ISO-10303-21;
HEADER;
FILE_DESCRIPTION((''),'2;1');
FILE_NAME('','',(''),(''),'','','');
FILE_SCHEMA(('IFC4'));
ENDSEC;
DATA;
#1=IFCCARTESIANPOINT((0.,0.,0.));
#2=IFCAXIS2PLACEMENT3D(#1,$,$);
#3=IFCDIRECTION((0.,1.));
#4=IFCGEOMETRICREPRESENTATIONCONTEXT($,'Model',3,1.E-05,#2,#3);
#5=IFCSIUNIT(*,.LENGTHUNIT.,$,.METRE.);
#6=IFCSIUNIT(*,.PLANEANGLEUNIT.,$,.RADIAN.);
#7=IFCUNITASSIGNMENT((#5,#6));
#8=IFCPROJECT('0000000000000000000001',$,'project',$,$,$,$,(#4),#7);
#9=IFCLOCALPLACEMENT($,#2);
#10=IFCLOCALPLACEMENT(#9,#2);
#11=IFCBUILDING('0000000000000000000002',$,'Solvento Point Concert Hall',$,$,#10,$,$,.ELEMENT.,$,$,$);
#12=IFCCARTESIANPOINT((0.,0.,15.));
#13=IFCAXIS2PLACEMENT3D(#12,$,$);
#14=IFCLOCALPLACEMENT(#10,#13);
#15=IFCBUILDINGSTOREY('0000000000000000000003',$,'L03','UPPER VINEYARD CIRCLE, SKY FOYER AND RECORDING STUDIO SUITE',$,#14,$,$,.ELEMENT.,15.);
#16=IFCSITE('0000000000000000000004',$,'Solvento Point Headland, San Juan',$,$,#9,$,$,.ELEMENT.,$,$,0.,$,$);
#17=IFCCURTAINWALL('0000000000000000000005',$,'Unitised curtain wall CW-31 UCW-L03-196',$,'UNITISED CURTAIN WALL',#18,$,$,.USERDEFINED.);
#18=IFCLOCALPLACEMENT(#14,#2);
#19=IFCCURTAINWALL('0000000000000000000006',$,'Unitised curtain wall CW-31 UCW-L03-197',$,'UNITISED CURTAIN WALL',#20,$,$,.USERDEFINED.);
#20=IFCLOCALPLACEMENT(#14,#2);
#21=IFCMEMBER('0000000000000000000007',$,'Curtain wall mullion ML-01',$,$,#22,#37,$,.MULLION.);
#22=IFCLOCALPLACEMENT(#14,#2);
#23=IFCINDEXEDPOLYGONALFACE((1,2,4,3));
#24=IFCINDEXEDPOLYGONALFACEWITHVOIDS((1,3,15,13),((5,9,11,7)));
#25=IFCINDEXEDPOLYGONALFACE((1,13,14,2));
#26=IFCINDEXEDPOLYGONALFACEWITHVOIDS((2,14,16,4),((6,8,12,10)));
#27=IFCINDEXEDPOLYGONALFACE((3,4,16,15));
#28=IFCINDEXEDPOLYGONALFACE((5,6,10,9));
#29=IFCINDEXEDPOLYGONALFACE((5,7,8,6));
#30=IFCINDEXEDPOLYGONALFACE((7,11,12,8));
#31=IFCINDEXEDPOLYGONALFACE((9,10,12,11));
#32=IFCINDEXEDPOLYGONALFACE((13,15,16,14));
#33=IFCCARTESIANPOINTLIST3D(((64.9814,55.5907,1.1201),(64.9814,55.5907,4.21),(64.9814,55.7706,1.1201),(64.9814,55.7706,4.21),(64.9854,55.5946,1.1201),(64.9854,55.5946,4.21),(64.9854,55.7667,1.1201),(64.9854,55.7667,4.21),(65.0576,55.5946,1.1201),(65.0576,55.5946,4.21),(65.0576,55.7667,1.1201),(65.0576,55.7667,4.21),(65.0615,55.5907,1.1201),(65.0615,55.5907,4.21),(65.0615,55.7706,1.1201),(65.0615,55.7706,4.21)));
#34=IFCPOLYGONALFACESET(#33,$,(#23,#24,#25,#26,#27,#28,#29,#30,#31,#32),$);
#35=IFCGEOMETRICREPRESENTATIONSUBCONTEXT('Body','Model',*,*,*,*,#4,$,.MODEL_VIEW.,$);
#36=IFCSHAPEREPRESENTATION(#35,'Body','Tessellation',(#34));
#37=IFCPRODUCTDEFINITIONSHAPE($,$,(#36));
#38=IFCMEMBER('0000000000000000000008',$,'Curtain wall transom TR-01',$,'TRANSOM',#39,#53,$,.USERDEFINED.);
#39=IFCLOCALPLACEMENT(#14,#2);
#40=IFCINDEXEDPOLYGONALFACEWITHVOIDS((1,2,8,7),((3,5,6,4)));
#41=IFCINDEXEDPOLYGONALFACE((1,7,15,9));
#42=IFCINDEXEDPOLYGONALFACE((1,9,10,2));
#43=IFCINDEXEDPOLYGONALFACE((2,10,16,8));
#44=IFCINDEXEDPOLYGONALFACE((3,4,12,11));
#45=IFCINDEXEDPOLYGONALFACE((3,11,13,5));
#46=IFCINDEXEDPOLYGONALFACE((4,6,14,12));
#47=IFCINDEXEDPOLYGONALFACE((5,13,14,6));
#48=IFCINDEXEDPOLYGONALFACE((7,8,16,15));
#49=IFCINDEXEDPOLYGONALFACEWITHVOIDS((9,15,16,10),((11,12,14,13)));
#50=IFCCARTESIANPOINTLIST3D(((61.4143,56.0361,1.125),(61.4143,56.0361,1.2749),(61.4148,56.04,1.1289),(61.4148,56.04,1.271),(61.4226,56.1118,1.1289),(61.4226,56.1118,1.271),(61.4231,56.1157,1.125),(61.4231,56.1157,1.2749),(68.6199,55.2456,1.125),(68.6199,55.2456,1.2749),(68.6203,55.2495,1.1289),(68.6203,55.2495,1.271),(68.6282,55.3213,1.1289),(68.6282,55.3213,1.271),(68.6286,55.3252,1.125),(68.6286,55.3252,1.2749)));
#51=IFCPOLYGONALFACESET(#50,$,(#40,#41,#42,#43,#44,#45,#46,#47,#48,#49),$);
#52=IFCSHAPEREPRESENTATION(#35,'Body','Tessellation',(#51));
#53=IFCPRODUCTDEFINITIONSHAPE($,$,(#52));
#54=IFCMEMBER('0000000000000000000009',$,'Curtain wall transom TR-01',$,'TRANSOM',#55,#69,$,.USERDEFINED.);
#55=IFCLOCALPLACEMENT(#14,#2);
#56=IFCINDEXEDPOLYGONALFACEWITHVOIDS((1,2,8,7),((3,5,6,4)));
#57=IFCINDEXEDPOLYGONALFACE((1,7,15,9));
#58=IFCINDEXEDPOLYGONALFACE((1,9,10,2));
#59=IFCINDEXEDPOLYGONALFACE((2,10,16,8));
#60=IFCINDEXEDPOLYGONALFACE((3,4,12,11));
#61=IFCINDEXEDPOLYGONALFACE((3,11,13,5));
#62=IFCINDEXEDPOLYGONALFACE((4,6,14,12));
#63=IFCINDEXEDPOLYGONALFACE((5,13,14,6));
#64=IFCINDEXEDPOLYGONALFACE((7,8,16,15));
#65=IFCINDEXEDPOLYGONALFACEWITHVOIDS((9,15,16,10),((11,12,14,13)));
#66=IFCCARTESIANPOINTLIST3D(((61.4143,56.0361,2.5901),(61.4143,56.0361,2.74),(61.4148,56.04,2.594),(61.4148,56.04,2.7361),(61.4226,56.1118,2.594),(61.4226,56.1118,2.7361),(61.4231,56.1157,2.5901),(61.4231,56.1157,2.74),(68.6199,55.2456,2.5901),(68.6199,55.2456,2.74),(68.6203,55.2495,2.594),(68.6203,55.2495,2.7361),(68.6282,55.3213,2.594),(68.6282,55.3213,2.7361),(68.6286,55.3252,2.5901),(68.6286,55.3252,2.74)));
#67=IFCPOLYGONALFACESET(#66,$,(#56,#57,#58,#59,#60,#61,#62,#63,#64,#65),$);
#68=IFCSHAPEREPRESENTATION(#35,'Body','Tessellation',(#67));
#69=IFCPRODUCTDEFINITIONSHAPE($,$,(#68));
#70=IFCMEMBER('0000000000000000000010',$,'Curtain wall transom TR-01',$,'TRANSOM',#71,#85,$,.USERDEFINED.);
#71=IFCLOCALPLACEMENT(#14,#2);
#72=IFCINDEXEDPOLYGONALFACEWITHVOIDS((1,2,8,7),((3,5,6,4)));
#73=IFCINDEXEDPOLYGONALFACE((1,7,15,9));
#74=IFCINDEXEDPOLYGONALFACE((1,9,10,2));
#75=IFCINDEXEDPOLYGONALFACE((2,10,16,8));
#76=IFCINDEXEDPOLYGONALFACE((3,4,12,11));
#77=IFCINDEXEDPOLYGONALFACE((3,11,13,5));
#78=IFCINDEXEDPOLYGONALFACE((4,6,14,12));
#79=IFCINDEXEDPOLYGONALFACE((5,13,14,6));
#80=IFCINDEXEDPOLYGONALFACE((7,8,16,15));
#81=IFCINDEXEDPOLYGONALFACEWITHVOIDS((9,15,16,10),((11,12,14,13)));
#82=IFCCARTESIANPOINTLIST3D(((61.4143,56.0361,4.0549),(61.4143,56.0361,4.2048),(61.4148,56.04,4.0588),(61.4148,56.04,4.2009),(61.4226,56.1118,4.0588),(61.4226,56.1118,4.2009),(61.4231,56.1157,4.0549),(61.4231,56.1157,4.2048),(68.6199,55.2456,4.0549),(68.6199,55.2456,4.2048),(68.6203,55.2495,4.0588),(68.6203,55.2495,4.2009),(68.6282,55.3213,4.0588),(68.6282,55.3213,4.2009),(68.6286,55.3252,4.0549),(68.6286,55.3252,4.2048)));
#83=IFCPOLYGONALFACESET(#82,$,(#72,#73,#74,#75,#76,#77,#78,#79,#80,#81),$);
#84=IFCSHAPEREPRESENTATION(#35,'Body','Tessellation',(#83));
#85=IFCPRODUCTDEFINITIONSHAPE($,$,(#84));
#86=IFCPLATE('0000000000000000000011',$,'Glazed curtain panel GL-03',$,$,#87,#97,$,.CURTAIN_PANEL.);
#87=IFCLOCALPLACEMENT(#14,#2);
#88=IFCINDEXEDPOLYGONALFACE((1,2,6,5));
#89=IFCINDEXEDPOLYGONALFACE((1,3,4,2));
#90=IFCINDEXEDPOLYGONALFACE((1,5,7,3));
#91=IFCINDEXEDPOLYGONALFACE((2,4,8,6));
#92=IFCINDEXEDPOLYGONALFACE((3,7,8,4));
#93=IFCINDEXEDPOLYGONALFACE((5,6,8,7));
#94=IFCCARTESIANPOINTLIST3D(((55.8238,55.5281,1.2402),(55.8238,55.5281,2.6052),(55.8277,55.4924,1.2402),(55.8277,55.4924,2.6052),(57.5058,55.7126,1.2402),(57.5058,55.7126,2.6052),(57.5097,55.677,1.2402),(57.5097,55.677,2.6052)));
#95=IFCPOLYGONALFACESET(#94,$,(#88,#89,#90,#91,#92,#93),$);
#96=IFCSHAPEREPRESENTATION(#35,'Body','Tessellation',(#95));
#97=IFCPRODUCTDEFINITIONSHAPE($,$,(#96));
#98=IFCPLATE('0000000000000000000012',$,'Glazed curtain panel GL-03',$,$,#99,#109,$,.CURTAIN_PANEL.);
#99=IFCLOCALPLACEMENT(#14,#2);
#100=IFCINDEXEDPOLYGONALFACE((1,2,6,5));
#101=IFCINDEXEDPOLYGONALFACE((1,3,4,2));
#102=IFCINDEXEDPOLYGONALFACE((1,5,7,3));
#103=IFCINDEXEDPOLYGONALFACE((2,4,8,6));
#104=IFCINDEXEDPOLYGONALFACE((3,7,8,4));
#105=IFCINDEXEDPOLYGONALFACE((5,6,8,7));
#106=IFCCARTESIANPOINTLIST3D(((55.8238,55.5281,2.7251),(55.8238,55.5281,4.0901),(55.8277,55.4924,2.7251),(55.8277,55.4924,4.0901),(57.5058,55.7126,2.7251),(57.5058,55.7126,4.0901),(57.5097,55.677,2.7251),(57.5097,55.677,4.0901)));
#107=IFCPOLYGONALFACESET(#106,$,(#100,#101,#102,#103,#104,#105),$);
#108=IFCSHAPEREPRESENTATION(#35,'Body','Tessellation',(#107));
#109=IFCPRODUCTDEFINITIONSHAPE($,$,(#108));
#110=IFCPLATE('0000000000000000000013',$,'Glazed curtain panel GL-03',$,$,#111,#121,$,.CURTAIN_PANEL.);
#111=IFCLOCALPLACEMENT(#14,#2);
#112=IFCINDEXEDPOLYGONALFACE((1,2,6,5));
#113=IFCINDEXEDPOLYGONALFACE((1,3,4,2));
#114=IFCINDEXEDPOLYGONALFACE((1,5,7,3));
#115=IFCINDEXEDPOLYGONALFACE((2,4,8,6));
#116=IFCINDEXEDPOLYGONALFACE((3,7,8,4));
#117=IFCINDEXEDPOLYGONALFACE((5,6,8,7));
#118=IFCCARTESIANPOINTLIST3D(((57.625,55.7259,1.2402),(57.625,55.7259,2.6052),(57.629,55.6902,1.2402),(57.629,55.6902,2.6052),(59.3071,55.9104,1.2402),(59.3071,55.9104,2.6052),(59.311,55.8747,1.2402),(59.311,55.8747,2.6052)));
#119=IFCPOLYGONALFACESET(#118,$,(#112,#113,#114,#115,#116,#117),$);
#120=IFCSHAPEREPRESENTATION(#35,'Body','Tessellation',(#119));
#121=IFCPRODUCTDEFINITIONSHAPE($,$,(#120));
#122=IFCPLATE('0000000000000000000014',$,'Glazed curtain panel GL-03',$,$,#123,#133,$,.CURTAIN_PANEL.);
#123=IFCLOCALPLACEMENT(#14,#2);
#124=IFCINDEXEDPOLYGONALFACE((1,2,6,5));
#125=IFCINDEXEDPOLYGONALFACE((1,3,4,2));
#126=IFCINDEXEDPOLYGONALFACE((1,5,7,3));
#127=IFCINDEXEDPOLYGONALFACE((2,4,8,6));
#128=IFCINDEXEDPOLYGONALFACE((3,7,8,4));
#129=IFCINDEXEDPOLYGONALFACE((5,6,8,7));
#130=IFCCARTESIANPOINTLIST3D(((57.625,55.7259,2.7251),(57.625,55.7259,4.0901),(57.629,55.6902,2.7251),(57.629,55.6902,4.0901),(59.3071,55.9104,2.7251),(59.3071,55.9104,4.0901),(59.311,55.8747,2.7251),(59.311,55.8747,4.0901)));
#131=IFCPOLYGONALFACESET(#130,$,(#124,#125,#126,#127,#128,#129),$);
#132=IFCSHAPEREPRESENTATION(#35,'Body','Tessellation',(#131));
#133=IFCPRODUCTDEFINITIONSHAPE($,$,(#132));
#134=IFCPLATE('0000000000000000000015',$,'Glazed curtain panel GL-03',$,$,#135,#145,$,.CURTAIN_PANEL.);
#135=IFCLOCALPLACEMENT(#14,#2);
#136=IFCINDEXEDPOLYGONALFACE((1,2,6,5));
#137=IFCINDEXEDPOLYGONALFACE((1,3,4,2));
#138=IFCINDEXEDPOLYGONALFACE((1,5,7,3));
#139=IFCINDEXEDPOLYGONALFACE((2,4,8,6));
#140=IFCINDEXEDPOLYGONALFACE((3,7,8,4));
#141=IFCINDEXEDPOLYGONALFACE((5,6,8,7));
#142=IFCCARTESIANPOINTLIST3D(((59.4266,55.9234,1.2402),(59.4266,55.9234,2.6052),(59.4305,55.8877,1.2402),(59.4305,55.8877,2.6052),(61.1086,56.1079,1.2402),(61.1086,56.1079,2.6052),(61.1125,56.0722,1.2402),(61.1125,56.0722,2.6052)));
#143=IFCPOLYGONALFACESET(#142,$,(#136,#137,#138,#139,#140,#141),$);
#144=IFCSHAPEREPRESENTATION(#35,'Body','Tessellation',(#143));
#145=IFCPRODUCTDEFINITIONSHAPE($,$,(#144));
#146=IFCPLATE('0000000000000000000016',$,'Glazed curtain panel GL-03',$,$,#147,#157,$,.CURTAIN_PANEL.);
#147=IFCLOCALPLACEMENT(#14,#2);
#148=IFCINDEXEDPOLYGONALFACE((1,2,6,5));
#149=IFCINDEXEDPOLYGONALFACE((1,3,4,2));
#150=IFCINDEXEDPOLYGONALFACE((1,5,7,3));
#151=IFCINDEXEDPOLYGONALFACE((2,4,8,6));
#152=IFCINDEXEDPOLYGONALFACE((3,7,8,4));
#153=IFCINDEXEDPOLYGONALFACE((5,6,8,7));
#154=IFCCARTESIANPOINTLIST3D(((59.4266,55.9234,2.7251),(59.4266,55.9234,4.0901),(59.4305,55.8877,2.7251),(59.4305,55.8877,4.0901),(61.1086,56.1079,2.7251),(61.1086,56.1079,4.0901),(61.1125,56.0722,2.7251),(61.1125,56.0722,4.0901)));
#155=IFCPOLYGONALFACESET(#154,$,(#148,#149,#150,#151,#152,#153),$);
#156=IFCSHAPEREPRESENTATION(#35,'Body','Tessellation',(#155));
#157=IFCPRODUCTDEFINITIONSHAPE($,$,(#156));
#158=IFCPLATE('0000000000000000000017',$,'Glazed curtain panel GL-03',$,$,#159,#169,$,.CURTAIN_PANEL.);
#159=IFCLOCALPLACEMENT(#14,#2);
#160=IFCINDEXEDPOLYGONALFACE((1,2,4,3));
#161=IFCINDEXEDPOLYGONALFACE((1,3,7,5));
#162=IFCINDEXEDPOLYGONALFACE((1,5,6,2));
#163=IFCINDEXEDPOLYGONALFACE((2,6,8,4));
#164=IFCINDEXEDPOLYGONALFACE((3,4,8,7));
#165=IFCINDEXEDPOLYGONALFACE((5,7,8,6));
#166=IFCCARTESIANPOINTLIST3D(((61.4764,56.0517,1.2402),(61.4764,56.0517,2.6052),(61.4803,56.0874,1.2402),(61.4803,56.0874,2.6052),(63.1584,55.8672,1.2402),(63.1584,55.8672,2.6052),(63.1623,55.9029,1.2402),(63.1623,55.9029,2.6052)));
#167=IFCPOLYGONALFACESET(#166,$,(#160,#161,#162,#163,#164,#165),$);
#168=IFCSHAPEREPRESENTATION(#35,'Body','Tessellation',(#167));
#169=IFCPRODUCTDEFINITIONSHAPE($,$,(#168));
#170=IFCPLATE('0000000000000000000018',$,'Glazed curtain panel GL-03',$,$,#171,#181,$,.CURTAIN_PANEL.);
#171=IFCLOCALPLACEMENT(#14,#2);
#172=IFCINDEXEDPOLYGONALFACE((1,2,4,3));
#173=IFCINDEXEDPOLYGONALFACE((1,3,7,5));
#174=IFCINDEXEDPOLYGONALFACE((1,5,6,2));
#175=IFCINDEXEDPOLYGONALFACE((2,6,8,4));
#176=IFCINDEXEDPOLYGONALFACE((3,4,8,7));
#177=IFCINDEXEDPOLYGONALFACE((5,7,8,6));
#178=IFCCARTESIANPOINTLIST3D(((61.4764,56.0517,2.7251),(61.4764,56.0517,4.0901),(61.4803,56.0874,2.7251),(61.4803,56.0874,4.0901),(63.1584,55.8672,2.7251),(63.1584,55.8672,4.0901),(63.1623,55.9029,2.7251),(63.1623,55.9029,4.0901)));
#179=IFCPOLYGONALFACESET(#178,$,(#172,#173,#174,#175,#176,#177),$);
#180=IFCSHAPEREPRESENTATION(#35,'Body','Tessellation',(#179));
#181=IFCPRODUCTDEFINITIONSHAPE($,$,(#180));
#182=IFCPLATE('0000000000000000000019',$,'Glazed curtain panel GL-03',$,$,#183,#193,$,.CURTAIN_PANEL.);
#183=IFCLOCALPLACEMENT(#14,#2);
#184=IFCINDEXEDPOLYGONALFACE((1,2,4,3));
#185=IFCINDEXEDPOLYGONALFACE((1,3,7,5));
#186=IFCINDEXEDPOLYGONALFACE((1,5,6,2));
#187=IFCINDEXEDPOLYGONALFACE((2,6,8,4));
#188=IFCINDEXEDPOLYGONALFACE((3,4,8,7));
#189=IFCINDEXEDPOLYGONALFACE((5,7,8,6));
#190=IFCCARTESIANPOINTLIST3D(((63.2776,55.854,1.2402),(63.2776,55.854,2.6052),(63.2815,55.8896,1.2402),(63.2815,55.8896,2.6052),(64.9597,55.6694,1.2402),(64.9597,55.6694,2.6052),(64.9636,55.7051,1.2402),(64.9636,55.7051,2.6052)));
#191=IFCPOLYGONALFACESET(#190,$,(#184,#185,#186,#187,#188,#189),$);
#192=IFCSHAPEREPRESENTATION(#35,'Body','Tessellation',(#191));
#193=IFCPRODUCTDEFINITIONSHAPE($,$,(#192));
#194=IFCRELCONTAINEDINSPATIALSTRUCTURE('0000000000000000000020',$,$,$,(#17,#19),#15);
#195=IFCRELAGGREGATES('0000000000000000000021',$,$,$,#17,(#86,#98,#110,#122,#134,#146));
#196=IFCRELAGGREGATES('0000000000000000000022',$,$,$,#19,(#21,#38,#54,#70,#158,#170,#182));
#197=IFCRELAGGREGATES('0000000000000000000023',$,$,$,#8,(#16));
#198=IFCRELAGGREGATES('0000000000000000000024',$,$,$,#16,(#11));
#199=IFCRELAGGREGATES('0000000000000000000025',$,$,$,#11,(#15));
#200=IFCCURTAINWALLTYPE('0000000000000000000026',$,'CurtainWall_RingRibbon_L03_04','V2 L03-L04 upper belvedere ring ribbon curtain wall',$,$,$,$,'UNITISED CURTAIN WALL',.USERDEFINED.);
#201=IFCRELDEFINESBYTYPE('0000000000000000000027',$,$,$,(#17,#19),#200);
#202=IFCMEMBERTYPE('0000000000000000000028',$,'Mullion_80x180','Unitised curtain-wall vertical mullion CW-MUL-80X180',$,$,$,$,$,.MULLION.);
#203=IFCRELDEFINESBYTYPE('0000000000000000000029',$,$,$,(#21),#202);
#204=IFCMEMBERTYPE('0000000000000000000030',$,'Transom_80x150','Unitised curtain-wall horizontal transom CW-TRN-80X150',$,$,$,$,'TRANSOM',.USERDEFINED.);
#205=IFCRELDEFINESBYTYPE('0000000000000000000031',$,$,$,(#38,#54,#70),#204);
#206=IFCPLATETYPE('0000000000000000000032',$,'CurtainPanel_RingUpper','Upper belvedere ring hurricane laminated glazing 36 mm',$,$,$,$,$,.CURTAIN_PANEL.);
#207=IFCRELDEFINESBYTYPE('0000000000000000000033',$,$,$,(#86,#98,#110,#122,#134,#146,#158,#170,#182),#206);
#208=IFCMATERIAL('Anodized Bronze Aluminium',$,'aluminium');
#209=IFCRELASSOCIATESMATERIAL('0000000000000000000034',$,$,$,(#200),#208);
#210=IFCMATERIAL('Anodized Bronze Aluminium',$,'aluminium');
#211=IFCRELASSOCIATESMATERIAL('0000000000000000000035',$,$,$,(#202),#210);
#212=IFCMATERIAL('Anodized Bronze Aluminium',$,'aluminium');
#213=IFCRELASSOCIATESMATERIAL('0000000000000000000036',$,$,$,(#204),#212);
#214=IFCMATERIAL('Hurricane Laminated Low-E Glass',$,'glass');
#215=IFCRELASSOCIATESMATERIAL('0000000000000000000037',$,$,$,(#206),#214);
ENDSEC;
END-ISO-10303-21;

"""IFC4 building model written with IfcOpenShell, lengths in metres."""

from ifc_helpers import new_model, si_unit, direction, frame, origin, origin_2d, place, context, subcontext, project, spatial, rectangle, hollow_rectangle, extrude, material, material_profile, profile_set, type_object, element, aggregate, save


model = new_model("IFC4")

# Units and contexts
model_context = context("Model", 3, precision=1e-05, world=origin(), true_north=direction((0.0, 1.0)))
body_context = subcontext(model_context, "Body", "Model", "MODEL_VIEW")
ifc_project = project(units=[si_unit("LENGTHUNIT", "METRE"), si_unit("PLANEANGLEUNIT", "RADIAN")], contexts=[model_context])

# Site, building, storey
site_placement = place(None, origin())
site = spatial("IfcSite", under=ifc_project, at=site_placement, Name="Solvento Point Headland, San Juan", CompositionType="ELEMENT", RefElevation=0.0)
building_placement = place(site_placement, origin())
building = spatial("IfcBuilding", under=site, at=building_placement, Name="Solvento Point Concert Hall", CompositionType="ELEMENT")
storey_placement = place(building_placement, frame((0.0, 0.0, 15.0)))
storey = spatial("IfcBuildingStorey", under=building, at=storey_placement, Name="L03", Description="UPPER VINEYARD CIRCLE, SKY FOYER AND RECORDING STUDIO SUITE", CompositionType="ELEMENT", Elevation=15.0)

# Curtain walls, members
ifc_material_1 = material(Name="Anodized Bronze Aluminium", Category="aluminium")
curtain_wall_type = type_object("IfcCurtainWallType", Name="CurtainWall_RingRibbon_L03_04", Description="V2 L03-L04 upper belvedere ring ribbon curtain wall", ElementType="UNITISED CURTAIN WALL", PredefinedType="USERDEFINED", material=ifc_material_1)
curtain_wall_1_placement = place(storey_placement, origin())
curtain_wall_1 = element("IfcCurtainWall", 1, at=curtain_wall_1_placement, inside=storey, type_object=curtain_wall_type, Name="Unitised curtain wall CW-31 UCW-L03-196", ObjectType="UNITISED CURTAIN WALL", PredefinedType="USERDEFINED")
ifc_material_2 = material(Name="Anodized Bronze Aluminium", Category="aluminium")
ifc_material_profile_1 = material_profile(ifc_material_2, hollow_rectangle(XDim=0.0801, YDim=0.1799, WallThickness=0.0039, at=origin_2d()), Name="CW-MUL-80X180")
ifc_profile_set_1 = profile_set([ifc_material_profile_1], Name="Anodized Bronze Aluminium")
member_type_1 = type_object("IfcMemberType", Name="Mullion_80x180", Description="Unitised curtain-wall vertical mullion CW-MUL-80X180", PredefinedType="MULLION", material=ifc_profile_set_1)
curtain_wall_2_placement = place(storey_placement, origin())
curtain_wall_2 = element("IfcCurtainWall", 2, at=curtain_wall_2_placement, inside=storey, type_object=curtain_wall_type, Name="Unitised curtain wall CW-31 UCW-L03-197", ObjectType="UNITISED CURTAIN WALL", PredefinedType="USERDEFINED")
member_1_placement = place(storey_placement, frame((65.0215, 55.6807, 1.1201), z_axis=(0.0, 0.0, 1.0), x_axis=(1.0, 0.0, 0.0)))
member_1 = element("IfcMember", 3, at=member_1_placement, type_object=member_type_1, Name="Curtain wall mullion ML-01", PredefinedType="MULLION", context=body_context, shape_type="SweptSolid", body=[
    extrude(hollow_rectangle(XDim=0.0801, YDim=0.1799, WallThickness=0.0039, at=origin_2d()), origin(), (0.0, 0.0, 1.0), 3.0898),
])
ifc_material_3 = material(Name="Anodized Bronze Aluminium", Category="aluminium")
ifc_material_profile_2 = material_profile(ifc_material_3, hollow_rectangle(XDim=0.0801, YDim=0.1499, WallThickness=0.0039, at=origin_2d()), Name="CW-TRN-80X150")
ifc_profile_set_2 = profile_set([ifc_material_profile_2], Name="Anodized Bronze Aluminium")
member_type_2 = type_object("IfcMemberType", Name="Transom_80x150", Description="Unitised curtain-wall horizontal transom CW-TRN-80X150", ElementType="TRANSOM", PredefinedType="USERDEFINED", material=ifc_profile_set_2)
member_2_placement = place(storey_placement, frame((61.4187, 56.0759, 1.2), z_axis=(0.994036, -0.109056, 0.0), x_axis=(0.109056, 0.994036, 0.0)))
member_2 = element("IfcMember", 4, at=member_2_placement, type_object=member_type_2, Name="Curtain wall transom TR-01", ObjectType="TRANSOM", PredefinedType="USERDEFINED", context=body_context, shape_type="SweptSolid", body=[
    extrude(hollow_rectangle(XDim=0.0801, YDim=0.1499, WallThickness=0.0039, at=origin_2d()), origin(), (0.0, 0.0, 1.0), 7.2488),
])
member_3_placement = place(storey_placement, frame((61.4187, 56.0759, 2.665), z_axis=(0.994036, -0.109056, 0.0), x_axis=(0.109056, 0.994036, 0.0)))
member_3 = element("IfcMember", 5, at=member_3_placement, type_object=member_type_2, Name="Curtain wall transom TR-01", ObjectType="TRANSOM", PredefinedType="USERDEFINED", context=body_context, shape_type="SweptSolid", body=[
    extrude(hollow_rectangle(XDim=0.0801, YDim=0.1499, WallThickness=0.0039, at=origin_2d()), origin(), (0.0, 0.0, 1.0), 7.2488),
])
member_4_placement = place(storey_placement, frame((61.4187, 56.0759, 4.1299), z_axis=(0.994036, -0.109056, 0.0), x_axis=(0.109056, 0.994036, 0.0)))
member_4 = element("IfcMember", 6, at=member_4_placement, type_object=member_type_2, Name="Curtain wall transom TR-01", ObjectType="TRANSOM", PredefinedType="USERDEFINED", context=body_context, shape_type="SweptSolid", body=[
    extrude(hollow_rectangle(XDim=0.0801, YDim=0.1499, WallThickness=0.0039, at=origin_2d()), origin(), (0.0, 0.0, 1.0), 7.2488),
])

# Plates
ifc_material_4 = material(Name="Hurricane Laminated Low-E Glass", Category="glass")
plate_type = type_object("IfcPlateType", Name="CurtainPanel_RingUpper", Description="Upper belvedere ring hurricane laminated glazing 36 mm", PredefinedType="CURTAIN_PANEL", material=ifc_material_4)
plate_1_placement = place(storey_placement, frame((56.6667, 55.6025, 1.2402), z_axis=(0.0, 0.0, 1.0), x_axis=(0.994035, 0.109058, 0.0)))
plate_1 = element("IfcPlate", 7, at=plate_1_placement, type_object=plate_type, Name="Glazed curtain panel GL-03", PredefinedType="CURTAIN_PANEL", context=body_context, shape_type="SweptSolid", body=[
    extrude(rectangle(XDim=1.6921, YDim=0.0359, at=origin_2d()), origin(), (0.0, 0.0, 1.0), 1.365),
])
plate_2_placement = place(storey_placement, frame((56.6667, 55.6025, 2.7251), z_axis=(0.0, 0.0, 1.0), x_axis=(0.994035, 0.109058, 0.0)))
plate_2 = element("IfcPlate", 8, at=plate_2_placement, type_object=plate_type, Name="Glazed curtain panel GL-03", PredefinedType="CURTAIN_PANEL", context=body_context, shape_type="SweptSolid", body=[
    extrude(rectangle(XDim=1.6921, YDim=0.0359, at=origin_2d()), origin(), (0.0, 0.0, 1.0), 1.365),
])
plate_3_placement = place(storey_placement, frame((58.468, 55.8003, 1.2402), z_axis=(0.0, 0.0, 1.0), x_axis=(0.994035, 0.109058, 0.0)))
plate_3 = element("IfcPlate", 9, at=plate_3_placement, type_object=plate_type, Name="Glazed curtain panel GL-03", PredefinedType="CURTAIN_PANEL", context=body_context, shape_type="SweptSolid", body=[
    extrude(rectangle(XDim=1.6921, YDim=0.0359, at=origin_2d()), origin(), (0.0, 0.0, 1.0), 1.365),
])
plate_4_placement = place(storey_placement, frame((58.468, 55.8003, 2.7251), z_axis=(0.0, 0.0, 1.0), x_axis=(0.994035, 0.109058, 0.0)))
plate_4 = element("IfcPlate", 10, at=plate_4_placement, type_object=plate_type, Name="Glazed curtain panel GL-03", PredefinedType="CURTAIN_PANEL", context=body_context, shape_type="SweptSolid", body=[
    extrude(rectangle(XDim=1.6921, YDim=0.0359, at=origin_2d()), origin(), (0.0, 0.0, 1.0), 1.365),
])
plate_5_placement = place(storey_placement, frame((60.2695, 55.9978, 1.2402), z_axis=(0.0, 0.0, 1.0), x_axis=(0.994035, 0.109058, 0.0)))
plate_5 = element("IfcPlate", 11, at=plate_5_placement, type_object=plate_type, Name="Glazed curtain panel GL-03", PredefinedType="CURTAIN_PANEL", context=body_context, shape_type="SweptSolid", body=[
    extrude(rectangle(XDim=1.6921, YDim=0.0359, at=origin_2d()), origin(), (0.0, 0.0, 1.0), 1.365),
])
plate_6_placement = place(storey_placement, frame((60.2695, 55.9978, 2.7251), z_axis=(0.0, 0.0, 1.0), x_axis=(0.994035, 0.109058, 0.0)))
plate_6 = element("IfcPlate", 12, at=plate_6_placement, type_object=plate_type, Name="Glazed curtain panel GL-03", PredefinedType="CURTAIN_PANEL", context=body_context, shape_type="SweptSolid", body=[
    extrude(rectangle(XDim=1.6921, YDim=0.0359, at=origin_2d()), origin(), (0.0, 0.0, 1.0), 1.365),
])
aggregate(curtain_wall_1, [plate_1, plate_2, plate_3, plate_4, plate_5, plate_6])
plate_7_placement = place(storey_placement, frame((62.3193, 55.9773, 1.2402), z_axis=(0.0, 0.0, 1.0), x_axis=(0.994035, -0.109058, 0.0)))
plate_7 = element("IfcPlate", 13, at=plate_7_placement, type_object=plate_type, Name="Glazed curtain panel GL-03", PredefinedType="CURTAIN_PANEL", context=body_context, shape_type="SweptSolid", body=[
    extrude(rectangle(XDim=1.6921, YDim=0.0359, at=origin_2d()), origin(), (0.0, 0.0, 1.0), 1.365),
])
plate_8_placement = place(storey_placement, frame((62.3193, 55.9773, 2.7251), z_axis=(0.0, 0.0, 1.0), x_axis=(0.994035, -0.109058, 0.0)))
plate_8 = element("IfcPlate", 14, at=plate_8_placement, type_object=plate_type, Name="Glazed curtain panel GL-03", PredefinedType="CURTAIN_PANEL", context=body_context, shape_type="SweptSolid", body=[
    extrude(rectangle(XDim=1.6921, YDim=0.0359, at=origin_2d()), origin(), (0.0, 0.0, 1.0), 1.365),
])
plate_9_placement = place(storey_placement, frame((64.1206, 55.7795, 1.2402), z_axis=(0.0, 0.0, 1.0), x_axis=(0.994035, -0.109058, 0.0)))
plate_9 = element("IfcPlate", 15, at=plate_9_placement, type_object=plate_type, Name="Glazed curtain panel GL-03", PredefinedType="CURTAIN_PANEL", context=body_context, shape_type="SweptSolid", body=[
    extrude(rectangle(XDim=1.6921, YDim=0.0359, at=origin_2d()), origin(), (0.0, 0.0, 1.0), 1.365),
])
aggregate(curtain_wall_2, [member_1, member_2, member_3, member_4, plate_7, plate_8, plate_9])

save(model, "model.ifc")
